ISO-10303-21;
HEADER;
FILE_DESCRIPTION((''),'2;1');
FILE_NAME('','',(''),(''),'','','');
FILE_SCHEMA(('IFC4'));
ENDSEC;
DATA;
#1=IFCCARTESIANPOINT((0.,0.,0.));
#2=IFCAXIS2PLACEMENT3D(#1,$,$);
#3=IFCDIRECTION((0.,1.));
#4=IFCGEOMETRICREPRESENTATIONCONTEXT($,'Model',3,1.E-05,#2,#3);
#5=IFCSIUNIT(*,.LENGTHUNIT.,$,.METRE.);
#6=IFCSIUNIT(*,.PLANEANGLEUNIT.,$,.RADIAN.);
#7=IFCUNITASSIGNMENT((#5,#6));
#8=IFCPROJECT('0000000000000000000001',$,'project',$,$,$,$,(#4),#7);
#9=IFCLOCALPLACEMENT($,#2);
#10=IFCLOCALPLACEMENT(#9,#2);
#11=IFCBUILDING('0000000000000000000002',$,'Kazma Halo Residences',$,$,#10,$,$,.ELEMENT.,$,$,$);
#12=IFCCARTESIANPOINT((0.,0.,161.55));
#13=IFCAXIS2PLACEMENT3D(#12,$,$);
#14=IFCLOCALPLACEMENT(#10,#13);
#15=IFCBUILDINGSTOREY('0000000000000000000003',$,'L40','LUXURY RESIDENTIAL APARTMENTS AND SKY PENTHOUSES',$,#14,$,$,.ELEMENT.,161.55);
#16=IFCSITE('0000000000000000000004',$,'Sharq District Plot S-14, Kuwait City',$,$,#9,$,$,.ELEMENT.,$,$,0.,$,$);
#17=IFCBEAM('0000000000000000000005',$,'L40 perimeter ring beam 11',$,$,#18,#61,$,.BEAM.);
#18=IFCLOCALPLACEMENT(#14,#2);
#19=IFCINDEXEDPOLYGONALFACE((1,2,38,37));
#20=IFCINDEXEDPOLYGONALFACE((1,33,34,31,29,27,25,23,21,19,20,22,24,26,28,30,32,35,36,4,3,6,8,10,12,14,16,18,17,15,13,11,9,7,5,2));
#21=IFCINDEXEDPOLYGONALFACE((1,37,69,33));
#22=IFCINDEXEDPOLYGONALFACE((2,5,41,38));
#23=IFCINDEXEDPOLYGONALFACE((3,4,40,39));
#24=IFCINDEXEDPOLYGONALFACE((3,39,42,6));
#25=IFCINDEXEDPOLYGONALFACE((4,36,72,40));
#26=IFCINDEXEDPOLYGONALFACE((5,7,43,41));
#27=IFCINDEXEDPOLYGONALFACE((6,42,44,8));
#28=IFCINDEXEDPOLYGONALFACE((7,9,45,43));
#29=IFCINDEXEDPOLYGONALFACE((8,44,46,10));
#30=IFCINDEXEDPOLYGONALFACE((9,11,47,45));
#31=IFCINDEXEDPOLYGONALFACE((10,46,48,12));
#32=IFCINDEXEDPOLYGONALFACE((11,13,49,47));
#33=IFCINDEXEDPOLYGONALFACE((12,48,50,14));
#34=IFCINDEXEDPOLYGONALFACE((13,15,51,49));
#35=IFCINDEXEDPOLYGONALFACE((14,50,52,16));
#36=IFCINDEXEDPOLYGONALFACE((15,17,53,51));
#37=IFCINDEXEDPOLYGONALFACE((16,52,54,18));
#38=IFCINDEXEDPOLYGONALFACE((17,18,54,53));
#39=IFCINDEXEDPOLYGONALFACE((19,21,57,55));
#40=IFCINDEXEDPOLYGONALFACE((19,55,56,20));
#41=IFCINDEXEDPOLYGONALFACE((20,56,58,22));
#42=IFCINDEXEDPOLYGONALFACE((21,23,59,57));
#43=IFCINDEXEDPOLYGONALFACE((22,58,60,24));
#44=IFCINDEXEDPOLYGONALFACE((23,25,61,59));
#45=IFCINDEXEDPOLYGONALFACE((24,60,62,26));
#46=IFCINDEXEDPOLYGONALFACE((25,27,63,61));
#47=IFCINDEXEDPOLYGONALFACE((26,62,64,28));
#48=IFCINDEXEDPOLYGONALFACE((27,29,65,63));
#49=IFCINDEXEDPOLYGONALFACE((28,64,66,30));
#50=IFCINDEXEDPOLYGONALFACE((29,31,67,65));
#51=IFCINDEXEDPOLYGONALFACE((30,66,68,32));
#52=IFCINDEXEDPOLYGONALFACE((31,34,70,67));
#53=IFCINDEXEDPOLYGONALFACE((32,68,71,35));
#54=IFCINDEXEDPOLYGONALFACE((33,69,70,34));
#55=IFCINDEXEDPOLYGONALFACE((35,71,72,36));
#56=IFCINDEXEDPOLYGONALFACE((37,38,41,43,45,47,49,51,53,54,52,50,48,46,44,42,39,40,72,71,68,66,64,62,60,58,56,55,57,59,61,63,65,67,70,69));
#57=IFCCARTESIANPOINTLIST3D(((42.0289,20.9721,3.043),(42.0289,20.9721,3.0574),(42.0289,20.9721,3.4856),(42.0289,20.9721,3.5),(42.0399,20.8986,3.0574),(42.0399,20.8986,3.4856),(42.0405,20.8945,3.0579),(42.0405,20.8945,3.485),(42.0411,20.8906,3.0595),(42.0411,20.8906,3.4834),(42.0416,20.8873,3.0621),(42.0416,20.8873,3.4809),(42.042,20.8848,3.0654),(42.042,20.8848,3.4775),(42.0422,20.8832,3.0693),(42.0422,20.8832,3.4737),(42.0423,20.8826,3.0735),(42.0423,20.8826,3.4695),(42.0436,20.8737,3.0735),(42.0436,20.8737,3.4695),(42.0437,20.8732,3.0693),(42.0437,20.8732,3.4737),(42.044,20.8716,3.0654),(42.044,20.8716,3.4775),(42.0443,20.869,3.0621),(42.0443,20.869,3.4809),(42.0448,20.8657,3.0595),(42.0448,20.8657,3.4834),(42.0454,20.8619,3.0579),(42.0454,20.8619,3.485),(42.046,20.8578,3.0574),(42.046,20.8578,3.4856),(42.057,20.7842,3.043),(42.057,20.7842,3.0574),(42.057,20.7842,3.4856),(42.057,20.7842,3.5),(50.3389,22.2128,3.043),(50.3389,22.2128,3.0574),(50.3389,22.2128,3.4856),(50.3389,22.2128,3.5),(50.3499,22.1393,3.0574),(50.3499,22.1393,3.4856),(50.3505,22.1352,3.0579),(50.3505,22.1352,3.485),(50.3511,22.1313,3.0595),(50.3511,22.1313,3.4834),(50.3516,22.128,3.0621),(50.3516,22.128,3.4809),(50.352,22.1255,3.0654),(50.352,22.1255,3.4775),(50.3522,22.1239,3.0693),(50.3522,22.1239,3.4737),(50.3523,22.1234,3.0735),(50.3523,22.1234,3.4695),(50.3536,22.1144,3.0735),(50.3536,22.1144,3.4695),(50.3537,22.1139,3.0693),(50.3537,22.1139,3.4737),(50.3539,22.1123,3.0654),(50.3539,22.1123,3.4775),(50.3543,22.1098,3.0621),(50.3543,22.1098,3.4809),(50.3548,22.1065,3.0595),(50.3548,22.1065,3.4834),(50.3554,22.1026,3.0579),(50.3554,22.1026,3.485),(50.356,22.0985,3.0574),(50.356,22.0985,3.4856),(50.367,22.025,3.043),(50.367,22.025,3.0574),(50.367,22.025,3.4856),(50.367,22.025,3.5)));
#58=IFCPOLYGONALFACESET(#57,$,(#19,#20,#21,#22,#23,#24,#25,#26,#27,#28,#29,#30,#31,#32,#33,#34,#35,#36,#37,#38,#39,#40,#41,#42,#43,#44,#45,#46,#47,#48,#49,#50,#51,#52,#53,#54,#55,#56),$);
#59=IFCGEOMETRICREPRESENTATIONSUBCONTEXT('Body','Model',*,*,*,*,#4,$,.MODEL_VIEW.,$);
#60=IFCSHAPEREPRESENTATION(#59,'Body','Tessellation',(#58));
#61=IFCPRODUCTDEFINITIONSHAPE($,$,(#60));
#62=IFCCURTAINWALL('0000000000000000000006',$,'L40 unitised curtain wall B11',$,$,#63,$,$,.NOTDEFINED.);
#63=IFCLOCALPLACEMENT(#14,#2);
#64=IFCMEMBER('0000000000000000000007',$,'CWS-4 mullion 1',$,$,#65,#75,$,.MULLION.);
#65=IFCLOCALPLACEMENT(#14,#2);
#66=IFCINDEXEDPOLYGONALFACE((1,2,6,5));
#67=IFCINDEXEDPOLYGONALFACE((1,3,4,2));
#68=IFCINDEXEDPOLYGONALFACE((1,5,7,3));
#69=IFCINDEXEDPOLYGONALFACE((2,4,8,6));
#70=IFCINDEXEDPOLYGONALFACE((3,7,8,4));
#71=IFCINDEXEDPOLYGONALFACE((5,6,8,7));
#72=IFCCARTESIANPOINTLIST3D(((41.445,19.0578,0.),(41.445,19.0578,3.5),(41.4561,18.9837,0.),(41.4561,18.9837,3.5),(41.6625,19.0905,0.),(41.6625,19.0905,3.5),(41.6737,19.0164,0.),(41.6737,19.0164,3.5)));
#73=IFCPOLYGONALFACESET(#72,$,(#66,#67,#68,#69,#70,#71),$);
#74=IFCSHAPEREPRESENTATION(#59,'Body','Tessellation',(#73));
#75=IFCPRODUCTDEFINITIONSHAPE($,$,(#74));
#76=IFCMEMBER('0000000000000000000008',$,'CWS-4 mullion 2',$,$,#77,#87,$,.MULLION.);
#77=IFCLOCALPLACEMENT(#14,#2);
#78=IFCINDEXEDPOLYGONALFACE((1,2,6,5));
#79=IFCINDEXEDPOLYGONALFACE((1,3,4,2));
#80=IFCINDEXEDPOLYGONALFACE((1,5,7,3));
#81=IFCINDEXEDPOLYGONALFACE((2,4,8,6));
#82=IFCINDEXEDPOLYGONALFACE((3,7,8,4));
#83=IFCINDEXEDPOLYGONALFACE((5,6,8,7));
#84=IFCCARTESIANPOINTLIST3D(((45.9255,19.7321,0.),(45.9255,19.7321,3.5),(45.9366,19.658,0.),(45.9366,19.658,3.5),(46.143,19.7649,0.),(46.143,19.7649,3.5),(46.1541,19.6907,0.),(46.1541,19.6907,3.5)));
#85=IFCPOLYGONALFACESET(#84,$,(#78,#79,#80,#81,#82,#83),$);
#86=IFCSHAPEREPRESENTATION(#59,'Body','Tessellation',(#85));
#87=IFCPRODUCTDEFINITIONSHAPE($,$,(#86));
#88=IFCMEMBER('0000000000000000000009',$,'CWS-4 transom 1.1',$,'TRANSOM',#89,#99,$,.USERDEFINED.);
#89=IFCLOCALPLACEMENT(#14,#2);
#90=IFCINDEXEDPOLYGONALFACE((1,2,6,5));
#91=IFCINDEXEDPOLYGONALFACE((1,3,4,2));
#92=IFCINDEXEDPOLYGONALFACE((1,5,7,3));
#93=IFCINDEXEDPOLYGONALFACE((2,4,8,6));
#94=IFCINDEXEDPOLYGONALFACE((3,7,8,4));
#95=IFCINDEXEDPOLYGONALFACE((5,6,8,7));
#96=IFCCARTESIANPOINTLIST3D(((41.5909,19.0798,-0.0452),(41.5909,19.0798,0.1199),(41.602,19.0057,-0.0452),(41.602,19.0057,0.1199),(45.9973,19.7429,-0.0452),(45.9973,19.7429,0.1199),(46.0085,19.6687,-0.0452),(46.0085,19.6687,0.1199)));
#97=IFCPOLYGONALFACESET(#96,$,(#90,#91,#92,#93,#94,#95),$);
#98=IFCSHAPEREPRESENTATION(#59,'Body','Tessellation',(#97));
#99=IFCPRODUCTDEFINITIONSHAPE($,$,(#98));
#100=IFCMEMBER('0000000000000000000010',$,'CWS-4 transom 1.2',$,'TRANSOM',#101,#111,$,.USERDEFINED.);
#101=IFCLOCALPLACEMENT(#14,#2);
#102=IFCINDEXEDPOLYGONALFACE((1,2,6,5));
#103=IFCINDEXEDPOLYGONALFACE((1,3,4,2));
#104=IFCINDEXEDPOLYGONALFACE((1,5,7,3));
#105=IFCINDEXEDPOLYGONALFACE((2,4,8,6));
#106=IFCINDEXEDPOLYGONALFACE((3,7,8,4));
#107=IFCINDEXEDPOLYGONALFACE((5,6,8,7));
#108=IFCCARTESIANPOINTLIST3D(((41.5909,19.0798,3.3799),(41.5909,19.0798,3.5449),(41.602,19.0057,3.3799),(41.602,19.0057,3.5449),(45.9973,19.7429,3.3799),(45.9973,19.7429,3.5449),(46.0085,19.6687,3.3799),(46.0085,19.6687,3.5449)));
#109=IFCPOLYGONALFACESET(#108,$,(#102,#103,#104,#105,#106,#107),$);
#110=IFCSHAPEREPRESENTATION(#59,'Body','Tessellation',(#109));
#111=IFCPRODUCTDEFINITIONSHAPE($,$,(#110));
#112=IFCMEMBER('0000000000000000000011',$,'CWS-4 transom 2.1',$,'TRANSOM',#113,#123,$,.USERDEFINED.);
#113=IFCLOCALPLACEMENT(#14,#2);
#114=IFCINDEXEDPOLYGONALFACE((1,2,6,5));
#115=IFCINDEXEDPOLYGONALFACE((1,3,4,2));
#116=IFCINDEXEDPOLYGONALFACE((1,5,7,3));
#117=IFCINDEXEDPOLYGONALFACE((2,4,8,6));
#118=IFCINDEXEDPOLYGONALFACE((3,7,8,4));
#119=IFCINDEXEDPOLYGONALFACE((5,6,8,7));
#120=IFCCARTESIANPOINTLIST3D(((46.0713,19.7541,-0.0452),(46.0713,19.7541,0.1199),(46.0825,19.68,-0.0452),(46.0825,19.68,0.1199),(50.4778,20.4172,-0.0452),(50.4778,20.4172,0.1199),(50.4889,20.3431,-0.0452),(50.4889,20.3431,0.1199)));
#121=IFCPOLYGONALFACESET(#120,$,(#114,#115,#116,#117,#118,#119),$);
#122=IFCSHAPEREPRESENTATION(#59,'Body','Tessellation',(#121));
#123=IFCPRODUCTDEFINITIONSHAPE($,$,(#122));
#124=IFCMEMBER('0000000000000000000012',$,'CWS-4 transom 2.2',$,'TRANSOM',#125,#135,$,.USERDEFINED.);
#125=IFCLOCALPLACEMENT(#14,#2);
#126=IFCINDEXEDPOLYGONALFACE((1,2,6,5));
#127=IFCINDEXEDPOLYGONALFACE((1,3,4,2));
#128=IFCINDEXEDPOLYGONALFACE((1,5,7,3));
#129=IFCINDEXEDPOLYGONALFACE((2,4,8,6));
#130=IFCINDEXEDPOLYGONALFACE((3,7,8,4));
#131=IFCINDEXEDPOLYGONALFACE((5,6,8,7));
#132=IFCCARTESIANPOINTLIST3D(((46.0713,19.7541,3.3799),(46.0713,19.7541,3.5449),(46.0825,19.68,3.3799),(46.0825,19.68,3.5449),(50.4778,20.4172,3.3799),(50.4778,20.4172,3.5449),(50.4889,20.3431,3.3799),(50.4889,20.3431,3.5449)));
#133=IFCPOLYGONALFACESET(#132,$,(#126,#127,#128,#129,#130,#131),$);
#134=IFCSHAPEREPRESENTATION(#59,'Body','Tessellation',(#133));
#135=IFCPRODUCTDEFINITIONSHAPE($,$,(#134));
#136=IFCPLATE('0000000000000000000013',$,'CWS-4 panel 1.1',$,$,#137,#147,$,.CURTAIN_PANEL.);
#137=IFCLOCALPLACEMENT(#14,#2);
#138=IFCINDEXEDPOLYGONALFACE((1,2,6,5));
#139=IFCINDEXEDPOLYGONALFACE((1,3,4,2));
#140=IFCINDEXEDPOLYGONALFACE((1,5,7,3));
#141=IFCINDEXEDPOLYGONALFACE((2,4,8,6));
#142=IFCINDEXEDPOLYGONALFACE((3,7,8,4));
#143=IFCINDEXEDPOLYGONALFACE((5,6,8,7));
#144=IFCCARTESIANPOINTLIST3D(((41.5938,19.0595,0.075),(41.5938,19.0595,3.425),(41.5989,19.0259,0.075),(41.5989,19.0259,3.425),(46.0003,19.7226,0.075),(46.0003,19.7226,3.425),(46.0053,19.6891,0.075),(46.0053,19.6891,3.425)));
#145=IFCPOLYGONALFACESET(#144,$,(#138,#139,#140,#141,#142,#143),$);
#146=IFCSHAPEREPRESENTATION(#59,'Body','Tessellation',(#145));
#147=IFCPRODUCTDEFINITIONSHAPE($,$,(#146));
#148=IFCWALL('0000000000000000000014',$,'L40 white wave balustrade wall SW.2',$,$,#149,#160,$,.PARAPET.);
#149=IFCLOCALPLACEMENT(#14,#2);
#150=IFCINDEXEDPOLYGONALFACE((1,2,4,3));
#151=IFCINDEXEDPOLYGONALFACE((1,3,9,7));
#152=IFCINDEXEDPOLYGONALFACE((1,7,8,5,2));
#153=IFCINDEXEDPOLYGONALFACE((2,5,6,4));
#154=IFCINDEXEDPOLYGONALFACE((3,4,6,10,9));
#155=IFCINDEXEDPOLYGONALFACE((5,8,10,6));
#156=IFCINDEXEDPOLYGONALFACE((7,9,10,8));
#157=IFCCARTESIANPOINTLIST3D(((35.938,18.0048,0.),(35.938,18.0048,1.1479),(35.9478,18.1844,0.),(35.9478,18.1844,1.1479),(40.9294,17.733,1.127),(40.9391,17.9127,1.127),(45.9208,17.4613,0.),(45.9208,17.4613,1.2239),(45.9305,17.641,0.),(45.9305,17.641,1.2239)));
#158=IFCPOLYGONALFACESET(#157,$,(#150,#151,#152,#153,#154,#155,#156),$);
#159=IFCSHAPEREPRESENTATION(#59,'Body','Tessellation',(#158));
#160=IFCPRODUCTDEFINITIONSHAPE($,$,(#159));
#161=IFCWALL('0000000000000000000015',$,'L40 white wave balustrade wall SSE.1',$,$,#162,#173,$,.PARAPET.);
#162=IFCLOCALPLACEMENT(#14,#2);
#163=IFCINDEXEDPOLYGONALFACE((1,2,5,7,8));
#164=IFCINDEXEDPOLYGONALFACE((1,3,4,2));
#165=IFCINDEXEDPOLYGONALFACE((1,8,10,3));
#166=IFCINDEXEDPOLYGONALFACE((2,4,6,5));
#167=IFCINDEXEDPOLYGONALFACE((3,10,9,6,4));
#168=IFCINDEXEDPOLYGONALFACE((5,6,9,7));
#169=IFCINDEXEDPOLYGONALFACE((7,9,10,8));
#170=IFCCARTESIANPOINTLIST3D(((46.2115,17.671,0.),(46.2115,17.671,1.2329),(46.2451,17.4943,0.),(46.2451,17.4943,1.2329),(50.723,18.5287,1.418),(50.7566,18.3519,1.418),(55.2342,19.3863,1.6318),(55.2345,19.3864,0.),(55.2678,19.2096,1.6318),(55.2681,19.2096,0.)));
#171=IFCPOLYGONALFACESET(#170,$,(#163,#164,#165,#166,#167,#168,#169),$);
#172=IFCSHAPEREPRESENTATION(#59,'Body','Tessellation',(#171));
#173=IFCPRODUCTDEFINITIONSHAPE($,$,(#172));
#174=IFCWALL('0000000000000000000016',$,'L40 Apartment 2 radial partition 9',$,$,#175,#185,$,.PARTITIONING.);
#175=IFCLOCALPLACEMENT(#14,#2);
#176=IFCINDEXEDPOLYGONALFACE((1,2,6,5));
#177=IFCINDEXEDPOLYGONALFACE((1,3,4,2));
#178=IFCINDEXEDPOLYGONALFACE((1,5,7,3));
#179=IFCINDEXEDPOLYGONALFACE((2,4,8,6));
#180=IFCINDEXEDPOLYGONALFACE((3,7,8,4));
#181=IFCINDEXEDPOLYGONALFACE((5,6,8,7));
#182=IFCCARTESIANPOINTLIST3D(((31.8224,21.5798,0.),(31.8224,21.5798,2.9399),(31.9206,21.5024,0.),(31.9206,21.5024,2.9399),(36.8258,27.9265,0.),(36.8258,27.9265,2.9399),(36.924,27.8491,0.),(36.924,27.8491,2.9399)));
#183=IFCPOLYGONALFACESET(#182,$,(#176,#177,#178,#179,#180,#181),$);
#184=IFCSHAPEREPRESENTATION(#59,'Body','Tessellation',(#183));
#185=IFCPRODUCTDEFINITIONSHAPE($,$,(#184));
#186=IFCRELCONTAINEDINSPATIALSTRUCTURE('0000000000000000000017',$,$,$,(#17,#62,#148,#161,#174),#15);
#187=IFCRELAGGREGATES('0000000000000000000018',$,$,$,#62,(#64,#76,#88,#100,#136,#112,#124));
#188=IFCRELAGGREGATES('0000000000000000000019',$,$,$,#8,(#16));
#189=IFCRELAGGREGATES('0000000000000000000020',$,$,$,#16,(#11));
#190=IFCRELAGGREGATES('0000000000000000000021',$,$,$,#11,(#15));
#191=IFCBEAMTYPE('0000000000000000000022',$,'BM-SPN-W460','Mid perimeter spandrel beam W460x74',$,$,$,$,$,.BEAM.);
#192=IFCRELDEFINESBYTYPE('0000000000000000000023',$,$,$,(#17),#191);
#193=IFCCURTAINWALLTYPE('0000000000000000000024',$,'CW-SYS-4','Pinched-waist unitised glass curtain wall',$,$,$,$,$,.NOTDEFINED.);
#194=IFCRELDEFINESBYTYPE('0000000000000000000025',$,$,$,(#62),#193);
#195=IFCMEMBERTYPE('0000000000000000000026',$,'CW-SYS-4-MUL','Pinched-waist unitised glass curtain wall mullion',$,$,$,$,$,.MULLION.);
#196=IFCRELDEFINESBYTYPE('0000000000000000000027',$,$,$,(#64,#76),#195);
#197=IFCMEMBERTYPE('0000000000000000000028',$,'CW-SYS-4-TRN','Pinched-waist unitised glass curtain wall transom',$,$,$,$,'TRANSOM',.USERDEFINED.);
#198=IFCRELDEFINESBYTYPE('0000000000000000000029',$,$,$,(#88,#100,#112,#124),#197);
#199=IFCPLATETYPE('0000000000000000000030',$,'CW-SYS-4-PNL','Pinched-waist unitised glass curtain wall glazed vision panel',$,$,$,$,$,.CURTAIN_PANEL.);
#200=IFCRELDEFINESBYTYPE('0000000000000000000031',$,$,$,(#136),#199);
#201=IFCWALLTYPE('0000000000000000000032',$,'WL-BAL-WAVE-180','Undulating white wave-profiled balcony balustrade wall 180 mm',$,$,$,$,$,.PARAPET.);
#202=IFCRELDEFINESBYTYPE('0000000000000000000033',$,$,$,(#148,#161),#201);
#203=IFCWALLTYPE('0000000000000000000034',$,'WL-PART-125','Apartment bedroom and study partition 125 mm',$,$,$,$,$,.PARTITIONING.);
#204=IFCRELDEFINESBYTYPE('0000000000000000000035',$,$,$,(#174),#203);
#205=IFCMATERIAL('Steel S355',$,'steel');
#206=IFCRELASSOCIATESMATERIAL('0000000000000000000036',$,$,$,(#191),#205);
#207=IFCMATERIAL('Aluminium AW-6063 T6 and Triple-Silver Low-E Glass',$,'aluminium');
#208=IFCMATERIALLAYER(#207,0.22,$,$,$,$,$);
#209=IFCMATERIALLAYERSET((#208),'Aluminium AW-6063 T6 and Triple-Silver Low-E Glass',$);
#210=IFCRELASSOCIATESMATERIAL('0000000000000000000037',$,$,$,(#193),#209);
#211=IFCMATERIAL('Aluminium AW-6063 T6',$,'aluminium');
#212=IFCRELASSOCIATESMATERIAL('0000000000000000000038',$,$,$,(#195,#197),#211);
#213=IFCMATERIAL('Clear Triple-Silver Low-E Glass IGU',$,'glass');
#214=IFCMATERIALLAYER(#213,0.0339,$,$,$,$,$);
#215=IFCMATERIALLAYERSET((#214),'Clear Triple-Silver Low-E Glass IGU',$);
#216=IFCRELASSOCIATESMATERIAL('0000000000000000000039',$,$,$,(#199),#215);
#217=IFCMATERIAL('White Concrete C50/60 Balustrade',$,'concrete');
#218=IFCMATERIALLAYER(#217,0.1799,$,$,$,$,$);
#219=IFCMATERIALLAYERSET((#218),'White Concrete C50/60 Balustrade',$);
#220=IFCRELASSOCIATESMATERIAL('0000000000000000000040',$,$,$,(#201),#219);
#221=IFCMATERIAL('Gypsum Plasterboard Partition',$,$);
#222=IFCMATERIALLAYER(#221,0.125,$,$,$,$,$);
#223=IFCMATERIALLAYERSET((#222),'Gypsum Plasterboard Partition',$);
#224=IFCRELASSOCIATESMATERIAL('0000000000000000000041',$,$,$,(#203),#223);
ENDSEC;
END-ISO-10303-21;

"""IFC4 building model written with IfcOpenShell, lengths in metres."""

from ifc_helpers import new_model, si_unit, direction, frame, frame_2d, origin, origin_2d, place, context, subcontext, project, spatial, polyline, rectangle, i_section, outline, extrude, material, layer, layer_set, material_profile, profile_set, type_object, element, aggregate, save


model = new_model("IFC4")

# Units and contexts
model_context = context("Model", 3, precision=1e-05, world=origin(), true_north=direction((0.0, 1.0)))
body_context = subcontext(model_context, "Body", "Model", "MODEL_VIEW")
ifc_project = project(units=[si_unit("LENGTHUNIT", "METRE"), si_unit("PLANEANGLEUNIT", "RADIAN")], contexts=[model_context])

# Site, building, storey
site_placement = place(None, origin())
site = spatial("IfcSite", under=ifc_project, at=site_placement, Name="Sharq District Plot S-14, Kuwait City", CompositionType="ELEMENT", RefElevation=0.0)
building_placement = place(site_placement, origin())
building = spatial("IfcBuilding", under=site, at=building_placement, Name="Kazma Halo Residences", CompositionType="ELEMENT")
storey_placement = place(building_placement, frame((0.0, 0.0, 161.55)))
storey = spatial("IfcBuildingStorey", under=building, at=storey_placement, Name="L40", Description="LUXURY RESIDENTIAL APARTMENTS AND SKY PENTHOUSES", CompositionType="ELEMENT", Elevation=161.55)

# Beam
ifc_material_1 = material(Name="Steel S355", Category="steel")
ifc_material_profile_1 = material_profile(ifc_material_1, i_section(OverallWidth=0.1899, OverallDepth=0.457, WebThickness=0.009, FlangeThickness=0.0144, FilletRadius=0.0161, at=origin_2d()), Name="W460x74")
ifc_profile_set_1 = profile_set([ifc_material_profile_1], Name="Steel S355")
beam_type_1 = type_object("IfcBeamType", Name="BM-SPN-W460", Description="Mid perimeter spandrel beam W460x74", PredefinedType="BEAM", material=ifc_profile_set_1)
beam_1_placement = place(storey_placement, frame((42.043, 20.8782, 3.2715), z_axis=(0.989037, 0.147667, 0.0), x_axis=(-0.147667, 0.989037, 0.0)))
element("IfcBeam", 1, at=beam_1_placement, inside=storey, type_object=beam_type_1, Name="L40 perimeter ring beam 11", PredefinedType="BEAM", context=body_context, shape_type="SweptSolid", body=[
    extrude(i_section(OverallWidth=0.1899, OverallDepth=0.457, WebThickness=0.009, FlangeThickness=0.0144, FilletRadius=0.0161, at=origin_2d()), origin(), (0.0, 0.0, 1.0), 8.4021),
])

# Curtain wall, members, plate
ifc_material_2 = material(Name="Aluminium AW-6063 T6 and Triple-Silver Low-E Glass", Category="aluminium")
ifc_layer_1 = layer(ifc_material_2, 0.22)
ifc_layer_set_1 = layer_set([ifc_layer_1], Name="Aluminium AW-6063 T6 and Triple-Silver Low-E Glass")
curtain_wall_type = type_object("IfcCurtainWallType", Name="CW-SYS-4", Description="Pinched-waist unitised glass curtain wall", PredefinedType="NOTDEFINED", material=ifc_layer_set_1)
curtain_wall_placement = place(storey_placement, origin())
curtain_wall = element("IfcCurtainWall", 2, at=curtain_wall_placement, inside=storey, type_object=curtain_wall_type, Name="L40 unitised curtain wall B11", PredefinedType="NOTDEFINED")
ifc_material_3 = material(Name="Aluminium AW-6063 T6", Category="aluminium")
ifc_material_profile_2 = material_profile(ifc_material_3, rectangle(XDim=0.075, YDim=0.22, at=origin_2d()), Name="CWM-75x220")
ifc_profile_set_2 = profile_set([ifc_material_profile_2], Name="Aluminium AW-6063 T6")
member_type_1 = type_object("IfcMemberType", Name="CW-SYS-4-MUL", Description="Pinched-waist unitised glass curtain wall mullion", PredefinedType="MULLION", material=ifc_profile_set_2)
member_1_placement = place(storey_placement, frame((41.5593, 19.0371, 0.0), z_axis=(0.0, 0.0, 1.0), x_axis=(-0.148821, 0.988864, 0.0)))
member_1 = element("IfcMember", 3, at=member_1_placement, type_object=member_type_1, Name="CWS-4 mullion 1", PredefinedType="MULLION", context=body_context, shape_type="SweptSolid", body=[
    extrude(rectangle(XDim=0.075, YDim=0.22, at=origin_2d()), origin(), (0.0, 0.0, 1.0), 3.5),
])
member_2_placement = place(storey_placement, frame((46.0398, 19.7114, 0.0), z_axis=(0.0, 0.0, 1.0), x_axis=(-0.148821, 0.988864, 0.0)))
member_2 = element("IfcMember", 4, at=member_2_placement, type_object=member_type_1, Name="CWS-4 mullion 2", PredefinedType="MULLION", context=body_context, shape_type="SweptSolid", body=[
    extrude(rectangle(XDim=0.075, YDim=0.22, at=origin_2d()), origin(), (0.0, 0.0, 1.0), 3.5),
])
ifc_material_profile_3 = material_profile(ifc_material_3, rectangle(XDim=0.075, YDim=0.165, at=origin_2d()), Name="CWT-75x165")
ifc_profile_set_3 = profile_set([ifc_material_profile_3], Name="Aluminium AW-6063 T6")
member_type_2 = type_object("IfcMemberType", Name="CW-SYS-4-TRN", Description="Pinched-waist unitised glass curtain wall transom", ElementType="TRANSOM", PredefinedType="USERDEFINED", material=ifc_profile_set_3)
member_3_placement = place(storey_placement, frame((41.5964, 19.0427, 0.0374), z_axis=(0.988867, 0.148804, 0.0), x_axis=(-0.148804, 0.988867, 0.0)))
member_3 = element("IfcMember", 5, at=member_3_placement, type_object=member_type_2, Name="CWS-4 transom 1.1", ObjectType="TRANSOM", PredefinedType="USERDEFINED", context=body_context, shape_type="SweptSolid", body=[
    extrude(rectangle(XDim=0.075, YDim=0.165, at=origin_2d()), origin(), (0.0, 0.0, 1.0), 4.4561),
])
member_4_placement = place(storey_placement, frame((41.5964, 19.0427, 3.4624), z_axis=(0.988867, 0.148804, 0.0), x_axis=(-0.148804, 0.988867, 0.0)))
member_4 = element("IfcMember", 6, at=member_4_placement, type_object=member_type_2, Name="CWS-4 transom 1.2", ObjectType="TRANSOM", PredefinedType="USERDEFINED", context=body_context, shape_type="SweptSolid", body=[
    extrude(rectangle(XDim=0.075, YDim=0.165, at=origin_2d()), origin(), (0.0, 0.0, 1.0), 4.4561),
])
member_5_placement = place(storey_placement, frame((46.0769, 19.717, 0.0374), z_axis=(0.988867, 0.148804, 0.0), x_axis=(-0.148804, 0.988867, 0.0)))
member_5 = element("IfcMember", 7, at=member_5_placement, type_object=member_type_2, Name="CWS-4 transom 2.1", ObjectType="TRANSOM", PredefinedType="USERDEFINED", context=body_context, shape_type="SweptSolid", body=[
    extrude(rectangle(XDim=0.075, YDim=0.165, at=origin_2d()), origin(), (0.0, 0.0, 1.0), 4.4561),
])
member_6_placement = place(storey_placement, frame((46.0769, 19.717, 3.4624), z_axis=(0.988867, 0.148804, 0.0), x_axis=(-0.148804, 0.988867, 0.0)))
member_6 = element("IfcMember", 8, at=member_6_placement, type_object=member_type_2, Name="CWS-4 transom 2.2", ObjectType="TRANSOM", PredefinedType="USERDEFINED", context=body_context, shape_type="SweptSolid", body=[
    extrude(rectangle(XDim=0.075, YDim=0.165, at=origin_2d()), origin(), (0.0, 0.0, 1.0), 4.4561),
])
ifc_material_4 = material(Name="Clear Triple-Silver Low-E Glass IGU", Category="glass")
ifc_layer_2 = layer(ifc_material_4, 0.0339)
ifc_layer_set_2 = layer_set([ifc_layer_2], Name="Clear Triple-Silver Low-E Glass IGU")
plate_type = type_object("IfcPlateType", Name="CW-SYS-4-PNL", Description="Pinched-waist unitised glass curtain wall glazed vision panel", PredefinedType="CURTAIN_PANEL", material=ifc_layer_set_2)
plate_placement = place(storey_placement, frame((43.7996, 19.3743, 0.075), z_axis=(0.0, 0.0, 1.0), x_axis=(0.988864, 0.148821, 0.0)))
plate = element("IfcPlate", 9, at=plate_placement, type_object=plate_type, Name="CWS-4 panel 1.1", PredefinedType="CURTAIN_PANEL", context=body_context, shape_type="SweptSolid", body=[
    extrude(rectangle(XDim=4.4561, YDim=0.0339, at=origin_2d()), origin(), (0.0, 0.0, 1.0), 3.3501),
])
aggregate(curtain_wall, [member_1, member_2, member_3, member_4, plate, member_5, member_6])

# Walls
ifc_material_5 = material(Name="White Concrete C50/60 Balustrade", Category="concrete")
ifc_layer_3 = layer(ifc_material_5, 0.1799)
ifc_layer_set_3 = layer_set([ifc_layer_3], Name="White Concrete C50/60 Balustrade")
wall_type_1 = type_object("IfcWallType", Name="WL-BAL-WAVE-180", Description="Undulating white wave-profiled balcony balustrade wall 180 mm", PredefinedType="PARAPET", material=ifc_layer_set_3)
wall_1_placement = place(storey_placement, frame((35.9429, 18.0947, 0.0), z_axis=(0.0, 0.0, 1.0), x_axis=(0.998521, -0.05436, 0.0)))
element("IfcWall", 10, at=wall_1_placement, inside=storey, type_object=wall_type_1, Name="L40 white wave balustrade wall SW.2", PredefinedType="PARAPET", context=body_context, shape_type="SweptSolid", body=[
    extrude(outline(polyline([(0.0, 0.0), (9.9976, 0.0), (9.9976, 1.2239), (4.9988, 1.127), (0.0, 1.1479), (0.0, 0.0)])), frame((0.0, 0.0898, 0.0), z_axis=(0.0, -1.0, 0.0), x_axis=(1.0, 0.0, 0.0)), (0.0, 0.0, 1.0), 0.1799),
])
wall_2_placement = place(storey_placement, frame((46.2283, 17.5828, 0.0), z_axis=(0.0, 0.0, 1.0), x_axis=(0.982405, 0.186763, 0.0)))
element("IfcWall", 11, at=wall_2_placement, inside=storey, type_object=wall_type_1, Name="L40 white wave balustrade wall SSE.1", PredefinedType="PARAPET", context=body_context, shape_type="SweptSolid", body=[
    extrude(outline(polyline([(0.0, 0.0), (9.1846, 0.0), (9.1843, 1.6318), (4.5923, 1.418), (0.0, 1.2329), (0.0, 0.0)])), frame((0.0, 0.0898, 0.0), z_axis=(0.0, -1.0, 0.0), x_axis=(1.0, 0.0, 0.0)), (0.0, 0.0, 1.0), 0.1799),
])
ifc_material_6 = material(Name="Gypsum Plasterboard Partition")
ifc_layer_4 = layer(ifc_material_6, 0.125)
ifc_layer_set_4 = layer_set([ifc_layer_4], Name="Gypsum Plasterboard Partition")
wall_type_2 = type_object("IfcWallType", Name="WL-PART-125", Description="Apartment bedroom and study partition 125 mm", PredefinedType="PARTITIONING", material=ifc_layer_set_4)
wall_3_placement = place(storey_placement, frame((36.875, 27.8879, 0.0), z_axis=(0.0, 0.0, 1.0), x_axis=(-0.619102, -0.785311, 0.0)))
element("IfcWall", 12, at=wall_3_placement, inside=storey, type_object=wall_type_2, Name="L40 Apartment 2 radial partition 9", PredefinedType="PARTITIONING", context=body_context, shape_type="SweptSolid", body=[
    extrude(rectangle(XDim=8.0818, YDim=0.125, at=frame_2d((4.041, 0.0))), origin(), (0.0, 0.0, 1.0), 2.9399),
])

save(model, "model.ifc")
